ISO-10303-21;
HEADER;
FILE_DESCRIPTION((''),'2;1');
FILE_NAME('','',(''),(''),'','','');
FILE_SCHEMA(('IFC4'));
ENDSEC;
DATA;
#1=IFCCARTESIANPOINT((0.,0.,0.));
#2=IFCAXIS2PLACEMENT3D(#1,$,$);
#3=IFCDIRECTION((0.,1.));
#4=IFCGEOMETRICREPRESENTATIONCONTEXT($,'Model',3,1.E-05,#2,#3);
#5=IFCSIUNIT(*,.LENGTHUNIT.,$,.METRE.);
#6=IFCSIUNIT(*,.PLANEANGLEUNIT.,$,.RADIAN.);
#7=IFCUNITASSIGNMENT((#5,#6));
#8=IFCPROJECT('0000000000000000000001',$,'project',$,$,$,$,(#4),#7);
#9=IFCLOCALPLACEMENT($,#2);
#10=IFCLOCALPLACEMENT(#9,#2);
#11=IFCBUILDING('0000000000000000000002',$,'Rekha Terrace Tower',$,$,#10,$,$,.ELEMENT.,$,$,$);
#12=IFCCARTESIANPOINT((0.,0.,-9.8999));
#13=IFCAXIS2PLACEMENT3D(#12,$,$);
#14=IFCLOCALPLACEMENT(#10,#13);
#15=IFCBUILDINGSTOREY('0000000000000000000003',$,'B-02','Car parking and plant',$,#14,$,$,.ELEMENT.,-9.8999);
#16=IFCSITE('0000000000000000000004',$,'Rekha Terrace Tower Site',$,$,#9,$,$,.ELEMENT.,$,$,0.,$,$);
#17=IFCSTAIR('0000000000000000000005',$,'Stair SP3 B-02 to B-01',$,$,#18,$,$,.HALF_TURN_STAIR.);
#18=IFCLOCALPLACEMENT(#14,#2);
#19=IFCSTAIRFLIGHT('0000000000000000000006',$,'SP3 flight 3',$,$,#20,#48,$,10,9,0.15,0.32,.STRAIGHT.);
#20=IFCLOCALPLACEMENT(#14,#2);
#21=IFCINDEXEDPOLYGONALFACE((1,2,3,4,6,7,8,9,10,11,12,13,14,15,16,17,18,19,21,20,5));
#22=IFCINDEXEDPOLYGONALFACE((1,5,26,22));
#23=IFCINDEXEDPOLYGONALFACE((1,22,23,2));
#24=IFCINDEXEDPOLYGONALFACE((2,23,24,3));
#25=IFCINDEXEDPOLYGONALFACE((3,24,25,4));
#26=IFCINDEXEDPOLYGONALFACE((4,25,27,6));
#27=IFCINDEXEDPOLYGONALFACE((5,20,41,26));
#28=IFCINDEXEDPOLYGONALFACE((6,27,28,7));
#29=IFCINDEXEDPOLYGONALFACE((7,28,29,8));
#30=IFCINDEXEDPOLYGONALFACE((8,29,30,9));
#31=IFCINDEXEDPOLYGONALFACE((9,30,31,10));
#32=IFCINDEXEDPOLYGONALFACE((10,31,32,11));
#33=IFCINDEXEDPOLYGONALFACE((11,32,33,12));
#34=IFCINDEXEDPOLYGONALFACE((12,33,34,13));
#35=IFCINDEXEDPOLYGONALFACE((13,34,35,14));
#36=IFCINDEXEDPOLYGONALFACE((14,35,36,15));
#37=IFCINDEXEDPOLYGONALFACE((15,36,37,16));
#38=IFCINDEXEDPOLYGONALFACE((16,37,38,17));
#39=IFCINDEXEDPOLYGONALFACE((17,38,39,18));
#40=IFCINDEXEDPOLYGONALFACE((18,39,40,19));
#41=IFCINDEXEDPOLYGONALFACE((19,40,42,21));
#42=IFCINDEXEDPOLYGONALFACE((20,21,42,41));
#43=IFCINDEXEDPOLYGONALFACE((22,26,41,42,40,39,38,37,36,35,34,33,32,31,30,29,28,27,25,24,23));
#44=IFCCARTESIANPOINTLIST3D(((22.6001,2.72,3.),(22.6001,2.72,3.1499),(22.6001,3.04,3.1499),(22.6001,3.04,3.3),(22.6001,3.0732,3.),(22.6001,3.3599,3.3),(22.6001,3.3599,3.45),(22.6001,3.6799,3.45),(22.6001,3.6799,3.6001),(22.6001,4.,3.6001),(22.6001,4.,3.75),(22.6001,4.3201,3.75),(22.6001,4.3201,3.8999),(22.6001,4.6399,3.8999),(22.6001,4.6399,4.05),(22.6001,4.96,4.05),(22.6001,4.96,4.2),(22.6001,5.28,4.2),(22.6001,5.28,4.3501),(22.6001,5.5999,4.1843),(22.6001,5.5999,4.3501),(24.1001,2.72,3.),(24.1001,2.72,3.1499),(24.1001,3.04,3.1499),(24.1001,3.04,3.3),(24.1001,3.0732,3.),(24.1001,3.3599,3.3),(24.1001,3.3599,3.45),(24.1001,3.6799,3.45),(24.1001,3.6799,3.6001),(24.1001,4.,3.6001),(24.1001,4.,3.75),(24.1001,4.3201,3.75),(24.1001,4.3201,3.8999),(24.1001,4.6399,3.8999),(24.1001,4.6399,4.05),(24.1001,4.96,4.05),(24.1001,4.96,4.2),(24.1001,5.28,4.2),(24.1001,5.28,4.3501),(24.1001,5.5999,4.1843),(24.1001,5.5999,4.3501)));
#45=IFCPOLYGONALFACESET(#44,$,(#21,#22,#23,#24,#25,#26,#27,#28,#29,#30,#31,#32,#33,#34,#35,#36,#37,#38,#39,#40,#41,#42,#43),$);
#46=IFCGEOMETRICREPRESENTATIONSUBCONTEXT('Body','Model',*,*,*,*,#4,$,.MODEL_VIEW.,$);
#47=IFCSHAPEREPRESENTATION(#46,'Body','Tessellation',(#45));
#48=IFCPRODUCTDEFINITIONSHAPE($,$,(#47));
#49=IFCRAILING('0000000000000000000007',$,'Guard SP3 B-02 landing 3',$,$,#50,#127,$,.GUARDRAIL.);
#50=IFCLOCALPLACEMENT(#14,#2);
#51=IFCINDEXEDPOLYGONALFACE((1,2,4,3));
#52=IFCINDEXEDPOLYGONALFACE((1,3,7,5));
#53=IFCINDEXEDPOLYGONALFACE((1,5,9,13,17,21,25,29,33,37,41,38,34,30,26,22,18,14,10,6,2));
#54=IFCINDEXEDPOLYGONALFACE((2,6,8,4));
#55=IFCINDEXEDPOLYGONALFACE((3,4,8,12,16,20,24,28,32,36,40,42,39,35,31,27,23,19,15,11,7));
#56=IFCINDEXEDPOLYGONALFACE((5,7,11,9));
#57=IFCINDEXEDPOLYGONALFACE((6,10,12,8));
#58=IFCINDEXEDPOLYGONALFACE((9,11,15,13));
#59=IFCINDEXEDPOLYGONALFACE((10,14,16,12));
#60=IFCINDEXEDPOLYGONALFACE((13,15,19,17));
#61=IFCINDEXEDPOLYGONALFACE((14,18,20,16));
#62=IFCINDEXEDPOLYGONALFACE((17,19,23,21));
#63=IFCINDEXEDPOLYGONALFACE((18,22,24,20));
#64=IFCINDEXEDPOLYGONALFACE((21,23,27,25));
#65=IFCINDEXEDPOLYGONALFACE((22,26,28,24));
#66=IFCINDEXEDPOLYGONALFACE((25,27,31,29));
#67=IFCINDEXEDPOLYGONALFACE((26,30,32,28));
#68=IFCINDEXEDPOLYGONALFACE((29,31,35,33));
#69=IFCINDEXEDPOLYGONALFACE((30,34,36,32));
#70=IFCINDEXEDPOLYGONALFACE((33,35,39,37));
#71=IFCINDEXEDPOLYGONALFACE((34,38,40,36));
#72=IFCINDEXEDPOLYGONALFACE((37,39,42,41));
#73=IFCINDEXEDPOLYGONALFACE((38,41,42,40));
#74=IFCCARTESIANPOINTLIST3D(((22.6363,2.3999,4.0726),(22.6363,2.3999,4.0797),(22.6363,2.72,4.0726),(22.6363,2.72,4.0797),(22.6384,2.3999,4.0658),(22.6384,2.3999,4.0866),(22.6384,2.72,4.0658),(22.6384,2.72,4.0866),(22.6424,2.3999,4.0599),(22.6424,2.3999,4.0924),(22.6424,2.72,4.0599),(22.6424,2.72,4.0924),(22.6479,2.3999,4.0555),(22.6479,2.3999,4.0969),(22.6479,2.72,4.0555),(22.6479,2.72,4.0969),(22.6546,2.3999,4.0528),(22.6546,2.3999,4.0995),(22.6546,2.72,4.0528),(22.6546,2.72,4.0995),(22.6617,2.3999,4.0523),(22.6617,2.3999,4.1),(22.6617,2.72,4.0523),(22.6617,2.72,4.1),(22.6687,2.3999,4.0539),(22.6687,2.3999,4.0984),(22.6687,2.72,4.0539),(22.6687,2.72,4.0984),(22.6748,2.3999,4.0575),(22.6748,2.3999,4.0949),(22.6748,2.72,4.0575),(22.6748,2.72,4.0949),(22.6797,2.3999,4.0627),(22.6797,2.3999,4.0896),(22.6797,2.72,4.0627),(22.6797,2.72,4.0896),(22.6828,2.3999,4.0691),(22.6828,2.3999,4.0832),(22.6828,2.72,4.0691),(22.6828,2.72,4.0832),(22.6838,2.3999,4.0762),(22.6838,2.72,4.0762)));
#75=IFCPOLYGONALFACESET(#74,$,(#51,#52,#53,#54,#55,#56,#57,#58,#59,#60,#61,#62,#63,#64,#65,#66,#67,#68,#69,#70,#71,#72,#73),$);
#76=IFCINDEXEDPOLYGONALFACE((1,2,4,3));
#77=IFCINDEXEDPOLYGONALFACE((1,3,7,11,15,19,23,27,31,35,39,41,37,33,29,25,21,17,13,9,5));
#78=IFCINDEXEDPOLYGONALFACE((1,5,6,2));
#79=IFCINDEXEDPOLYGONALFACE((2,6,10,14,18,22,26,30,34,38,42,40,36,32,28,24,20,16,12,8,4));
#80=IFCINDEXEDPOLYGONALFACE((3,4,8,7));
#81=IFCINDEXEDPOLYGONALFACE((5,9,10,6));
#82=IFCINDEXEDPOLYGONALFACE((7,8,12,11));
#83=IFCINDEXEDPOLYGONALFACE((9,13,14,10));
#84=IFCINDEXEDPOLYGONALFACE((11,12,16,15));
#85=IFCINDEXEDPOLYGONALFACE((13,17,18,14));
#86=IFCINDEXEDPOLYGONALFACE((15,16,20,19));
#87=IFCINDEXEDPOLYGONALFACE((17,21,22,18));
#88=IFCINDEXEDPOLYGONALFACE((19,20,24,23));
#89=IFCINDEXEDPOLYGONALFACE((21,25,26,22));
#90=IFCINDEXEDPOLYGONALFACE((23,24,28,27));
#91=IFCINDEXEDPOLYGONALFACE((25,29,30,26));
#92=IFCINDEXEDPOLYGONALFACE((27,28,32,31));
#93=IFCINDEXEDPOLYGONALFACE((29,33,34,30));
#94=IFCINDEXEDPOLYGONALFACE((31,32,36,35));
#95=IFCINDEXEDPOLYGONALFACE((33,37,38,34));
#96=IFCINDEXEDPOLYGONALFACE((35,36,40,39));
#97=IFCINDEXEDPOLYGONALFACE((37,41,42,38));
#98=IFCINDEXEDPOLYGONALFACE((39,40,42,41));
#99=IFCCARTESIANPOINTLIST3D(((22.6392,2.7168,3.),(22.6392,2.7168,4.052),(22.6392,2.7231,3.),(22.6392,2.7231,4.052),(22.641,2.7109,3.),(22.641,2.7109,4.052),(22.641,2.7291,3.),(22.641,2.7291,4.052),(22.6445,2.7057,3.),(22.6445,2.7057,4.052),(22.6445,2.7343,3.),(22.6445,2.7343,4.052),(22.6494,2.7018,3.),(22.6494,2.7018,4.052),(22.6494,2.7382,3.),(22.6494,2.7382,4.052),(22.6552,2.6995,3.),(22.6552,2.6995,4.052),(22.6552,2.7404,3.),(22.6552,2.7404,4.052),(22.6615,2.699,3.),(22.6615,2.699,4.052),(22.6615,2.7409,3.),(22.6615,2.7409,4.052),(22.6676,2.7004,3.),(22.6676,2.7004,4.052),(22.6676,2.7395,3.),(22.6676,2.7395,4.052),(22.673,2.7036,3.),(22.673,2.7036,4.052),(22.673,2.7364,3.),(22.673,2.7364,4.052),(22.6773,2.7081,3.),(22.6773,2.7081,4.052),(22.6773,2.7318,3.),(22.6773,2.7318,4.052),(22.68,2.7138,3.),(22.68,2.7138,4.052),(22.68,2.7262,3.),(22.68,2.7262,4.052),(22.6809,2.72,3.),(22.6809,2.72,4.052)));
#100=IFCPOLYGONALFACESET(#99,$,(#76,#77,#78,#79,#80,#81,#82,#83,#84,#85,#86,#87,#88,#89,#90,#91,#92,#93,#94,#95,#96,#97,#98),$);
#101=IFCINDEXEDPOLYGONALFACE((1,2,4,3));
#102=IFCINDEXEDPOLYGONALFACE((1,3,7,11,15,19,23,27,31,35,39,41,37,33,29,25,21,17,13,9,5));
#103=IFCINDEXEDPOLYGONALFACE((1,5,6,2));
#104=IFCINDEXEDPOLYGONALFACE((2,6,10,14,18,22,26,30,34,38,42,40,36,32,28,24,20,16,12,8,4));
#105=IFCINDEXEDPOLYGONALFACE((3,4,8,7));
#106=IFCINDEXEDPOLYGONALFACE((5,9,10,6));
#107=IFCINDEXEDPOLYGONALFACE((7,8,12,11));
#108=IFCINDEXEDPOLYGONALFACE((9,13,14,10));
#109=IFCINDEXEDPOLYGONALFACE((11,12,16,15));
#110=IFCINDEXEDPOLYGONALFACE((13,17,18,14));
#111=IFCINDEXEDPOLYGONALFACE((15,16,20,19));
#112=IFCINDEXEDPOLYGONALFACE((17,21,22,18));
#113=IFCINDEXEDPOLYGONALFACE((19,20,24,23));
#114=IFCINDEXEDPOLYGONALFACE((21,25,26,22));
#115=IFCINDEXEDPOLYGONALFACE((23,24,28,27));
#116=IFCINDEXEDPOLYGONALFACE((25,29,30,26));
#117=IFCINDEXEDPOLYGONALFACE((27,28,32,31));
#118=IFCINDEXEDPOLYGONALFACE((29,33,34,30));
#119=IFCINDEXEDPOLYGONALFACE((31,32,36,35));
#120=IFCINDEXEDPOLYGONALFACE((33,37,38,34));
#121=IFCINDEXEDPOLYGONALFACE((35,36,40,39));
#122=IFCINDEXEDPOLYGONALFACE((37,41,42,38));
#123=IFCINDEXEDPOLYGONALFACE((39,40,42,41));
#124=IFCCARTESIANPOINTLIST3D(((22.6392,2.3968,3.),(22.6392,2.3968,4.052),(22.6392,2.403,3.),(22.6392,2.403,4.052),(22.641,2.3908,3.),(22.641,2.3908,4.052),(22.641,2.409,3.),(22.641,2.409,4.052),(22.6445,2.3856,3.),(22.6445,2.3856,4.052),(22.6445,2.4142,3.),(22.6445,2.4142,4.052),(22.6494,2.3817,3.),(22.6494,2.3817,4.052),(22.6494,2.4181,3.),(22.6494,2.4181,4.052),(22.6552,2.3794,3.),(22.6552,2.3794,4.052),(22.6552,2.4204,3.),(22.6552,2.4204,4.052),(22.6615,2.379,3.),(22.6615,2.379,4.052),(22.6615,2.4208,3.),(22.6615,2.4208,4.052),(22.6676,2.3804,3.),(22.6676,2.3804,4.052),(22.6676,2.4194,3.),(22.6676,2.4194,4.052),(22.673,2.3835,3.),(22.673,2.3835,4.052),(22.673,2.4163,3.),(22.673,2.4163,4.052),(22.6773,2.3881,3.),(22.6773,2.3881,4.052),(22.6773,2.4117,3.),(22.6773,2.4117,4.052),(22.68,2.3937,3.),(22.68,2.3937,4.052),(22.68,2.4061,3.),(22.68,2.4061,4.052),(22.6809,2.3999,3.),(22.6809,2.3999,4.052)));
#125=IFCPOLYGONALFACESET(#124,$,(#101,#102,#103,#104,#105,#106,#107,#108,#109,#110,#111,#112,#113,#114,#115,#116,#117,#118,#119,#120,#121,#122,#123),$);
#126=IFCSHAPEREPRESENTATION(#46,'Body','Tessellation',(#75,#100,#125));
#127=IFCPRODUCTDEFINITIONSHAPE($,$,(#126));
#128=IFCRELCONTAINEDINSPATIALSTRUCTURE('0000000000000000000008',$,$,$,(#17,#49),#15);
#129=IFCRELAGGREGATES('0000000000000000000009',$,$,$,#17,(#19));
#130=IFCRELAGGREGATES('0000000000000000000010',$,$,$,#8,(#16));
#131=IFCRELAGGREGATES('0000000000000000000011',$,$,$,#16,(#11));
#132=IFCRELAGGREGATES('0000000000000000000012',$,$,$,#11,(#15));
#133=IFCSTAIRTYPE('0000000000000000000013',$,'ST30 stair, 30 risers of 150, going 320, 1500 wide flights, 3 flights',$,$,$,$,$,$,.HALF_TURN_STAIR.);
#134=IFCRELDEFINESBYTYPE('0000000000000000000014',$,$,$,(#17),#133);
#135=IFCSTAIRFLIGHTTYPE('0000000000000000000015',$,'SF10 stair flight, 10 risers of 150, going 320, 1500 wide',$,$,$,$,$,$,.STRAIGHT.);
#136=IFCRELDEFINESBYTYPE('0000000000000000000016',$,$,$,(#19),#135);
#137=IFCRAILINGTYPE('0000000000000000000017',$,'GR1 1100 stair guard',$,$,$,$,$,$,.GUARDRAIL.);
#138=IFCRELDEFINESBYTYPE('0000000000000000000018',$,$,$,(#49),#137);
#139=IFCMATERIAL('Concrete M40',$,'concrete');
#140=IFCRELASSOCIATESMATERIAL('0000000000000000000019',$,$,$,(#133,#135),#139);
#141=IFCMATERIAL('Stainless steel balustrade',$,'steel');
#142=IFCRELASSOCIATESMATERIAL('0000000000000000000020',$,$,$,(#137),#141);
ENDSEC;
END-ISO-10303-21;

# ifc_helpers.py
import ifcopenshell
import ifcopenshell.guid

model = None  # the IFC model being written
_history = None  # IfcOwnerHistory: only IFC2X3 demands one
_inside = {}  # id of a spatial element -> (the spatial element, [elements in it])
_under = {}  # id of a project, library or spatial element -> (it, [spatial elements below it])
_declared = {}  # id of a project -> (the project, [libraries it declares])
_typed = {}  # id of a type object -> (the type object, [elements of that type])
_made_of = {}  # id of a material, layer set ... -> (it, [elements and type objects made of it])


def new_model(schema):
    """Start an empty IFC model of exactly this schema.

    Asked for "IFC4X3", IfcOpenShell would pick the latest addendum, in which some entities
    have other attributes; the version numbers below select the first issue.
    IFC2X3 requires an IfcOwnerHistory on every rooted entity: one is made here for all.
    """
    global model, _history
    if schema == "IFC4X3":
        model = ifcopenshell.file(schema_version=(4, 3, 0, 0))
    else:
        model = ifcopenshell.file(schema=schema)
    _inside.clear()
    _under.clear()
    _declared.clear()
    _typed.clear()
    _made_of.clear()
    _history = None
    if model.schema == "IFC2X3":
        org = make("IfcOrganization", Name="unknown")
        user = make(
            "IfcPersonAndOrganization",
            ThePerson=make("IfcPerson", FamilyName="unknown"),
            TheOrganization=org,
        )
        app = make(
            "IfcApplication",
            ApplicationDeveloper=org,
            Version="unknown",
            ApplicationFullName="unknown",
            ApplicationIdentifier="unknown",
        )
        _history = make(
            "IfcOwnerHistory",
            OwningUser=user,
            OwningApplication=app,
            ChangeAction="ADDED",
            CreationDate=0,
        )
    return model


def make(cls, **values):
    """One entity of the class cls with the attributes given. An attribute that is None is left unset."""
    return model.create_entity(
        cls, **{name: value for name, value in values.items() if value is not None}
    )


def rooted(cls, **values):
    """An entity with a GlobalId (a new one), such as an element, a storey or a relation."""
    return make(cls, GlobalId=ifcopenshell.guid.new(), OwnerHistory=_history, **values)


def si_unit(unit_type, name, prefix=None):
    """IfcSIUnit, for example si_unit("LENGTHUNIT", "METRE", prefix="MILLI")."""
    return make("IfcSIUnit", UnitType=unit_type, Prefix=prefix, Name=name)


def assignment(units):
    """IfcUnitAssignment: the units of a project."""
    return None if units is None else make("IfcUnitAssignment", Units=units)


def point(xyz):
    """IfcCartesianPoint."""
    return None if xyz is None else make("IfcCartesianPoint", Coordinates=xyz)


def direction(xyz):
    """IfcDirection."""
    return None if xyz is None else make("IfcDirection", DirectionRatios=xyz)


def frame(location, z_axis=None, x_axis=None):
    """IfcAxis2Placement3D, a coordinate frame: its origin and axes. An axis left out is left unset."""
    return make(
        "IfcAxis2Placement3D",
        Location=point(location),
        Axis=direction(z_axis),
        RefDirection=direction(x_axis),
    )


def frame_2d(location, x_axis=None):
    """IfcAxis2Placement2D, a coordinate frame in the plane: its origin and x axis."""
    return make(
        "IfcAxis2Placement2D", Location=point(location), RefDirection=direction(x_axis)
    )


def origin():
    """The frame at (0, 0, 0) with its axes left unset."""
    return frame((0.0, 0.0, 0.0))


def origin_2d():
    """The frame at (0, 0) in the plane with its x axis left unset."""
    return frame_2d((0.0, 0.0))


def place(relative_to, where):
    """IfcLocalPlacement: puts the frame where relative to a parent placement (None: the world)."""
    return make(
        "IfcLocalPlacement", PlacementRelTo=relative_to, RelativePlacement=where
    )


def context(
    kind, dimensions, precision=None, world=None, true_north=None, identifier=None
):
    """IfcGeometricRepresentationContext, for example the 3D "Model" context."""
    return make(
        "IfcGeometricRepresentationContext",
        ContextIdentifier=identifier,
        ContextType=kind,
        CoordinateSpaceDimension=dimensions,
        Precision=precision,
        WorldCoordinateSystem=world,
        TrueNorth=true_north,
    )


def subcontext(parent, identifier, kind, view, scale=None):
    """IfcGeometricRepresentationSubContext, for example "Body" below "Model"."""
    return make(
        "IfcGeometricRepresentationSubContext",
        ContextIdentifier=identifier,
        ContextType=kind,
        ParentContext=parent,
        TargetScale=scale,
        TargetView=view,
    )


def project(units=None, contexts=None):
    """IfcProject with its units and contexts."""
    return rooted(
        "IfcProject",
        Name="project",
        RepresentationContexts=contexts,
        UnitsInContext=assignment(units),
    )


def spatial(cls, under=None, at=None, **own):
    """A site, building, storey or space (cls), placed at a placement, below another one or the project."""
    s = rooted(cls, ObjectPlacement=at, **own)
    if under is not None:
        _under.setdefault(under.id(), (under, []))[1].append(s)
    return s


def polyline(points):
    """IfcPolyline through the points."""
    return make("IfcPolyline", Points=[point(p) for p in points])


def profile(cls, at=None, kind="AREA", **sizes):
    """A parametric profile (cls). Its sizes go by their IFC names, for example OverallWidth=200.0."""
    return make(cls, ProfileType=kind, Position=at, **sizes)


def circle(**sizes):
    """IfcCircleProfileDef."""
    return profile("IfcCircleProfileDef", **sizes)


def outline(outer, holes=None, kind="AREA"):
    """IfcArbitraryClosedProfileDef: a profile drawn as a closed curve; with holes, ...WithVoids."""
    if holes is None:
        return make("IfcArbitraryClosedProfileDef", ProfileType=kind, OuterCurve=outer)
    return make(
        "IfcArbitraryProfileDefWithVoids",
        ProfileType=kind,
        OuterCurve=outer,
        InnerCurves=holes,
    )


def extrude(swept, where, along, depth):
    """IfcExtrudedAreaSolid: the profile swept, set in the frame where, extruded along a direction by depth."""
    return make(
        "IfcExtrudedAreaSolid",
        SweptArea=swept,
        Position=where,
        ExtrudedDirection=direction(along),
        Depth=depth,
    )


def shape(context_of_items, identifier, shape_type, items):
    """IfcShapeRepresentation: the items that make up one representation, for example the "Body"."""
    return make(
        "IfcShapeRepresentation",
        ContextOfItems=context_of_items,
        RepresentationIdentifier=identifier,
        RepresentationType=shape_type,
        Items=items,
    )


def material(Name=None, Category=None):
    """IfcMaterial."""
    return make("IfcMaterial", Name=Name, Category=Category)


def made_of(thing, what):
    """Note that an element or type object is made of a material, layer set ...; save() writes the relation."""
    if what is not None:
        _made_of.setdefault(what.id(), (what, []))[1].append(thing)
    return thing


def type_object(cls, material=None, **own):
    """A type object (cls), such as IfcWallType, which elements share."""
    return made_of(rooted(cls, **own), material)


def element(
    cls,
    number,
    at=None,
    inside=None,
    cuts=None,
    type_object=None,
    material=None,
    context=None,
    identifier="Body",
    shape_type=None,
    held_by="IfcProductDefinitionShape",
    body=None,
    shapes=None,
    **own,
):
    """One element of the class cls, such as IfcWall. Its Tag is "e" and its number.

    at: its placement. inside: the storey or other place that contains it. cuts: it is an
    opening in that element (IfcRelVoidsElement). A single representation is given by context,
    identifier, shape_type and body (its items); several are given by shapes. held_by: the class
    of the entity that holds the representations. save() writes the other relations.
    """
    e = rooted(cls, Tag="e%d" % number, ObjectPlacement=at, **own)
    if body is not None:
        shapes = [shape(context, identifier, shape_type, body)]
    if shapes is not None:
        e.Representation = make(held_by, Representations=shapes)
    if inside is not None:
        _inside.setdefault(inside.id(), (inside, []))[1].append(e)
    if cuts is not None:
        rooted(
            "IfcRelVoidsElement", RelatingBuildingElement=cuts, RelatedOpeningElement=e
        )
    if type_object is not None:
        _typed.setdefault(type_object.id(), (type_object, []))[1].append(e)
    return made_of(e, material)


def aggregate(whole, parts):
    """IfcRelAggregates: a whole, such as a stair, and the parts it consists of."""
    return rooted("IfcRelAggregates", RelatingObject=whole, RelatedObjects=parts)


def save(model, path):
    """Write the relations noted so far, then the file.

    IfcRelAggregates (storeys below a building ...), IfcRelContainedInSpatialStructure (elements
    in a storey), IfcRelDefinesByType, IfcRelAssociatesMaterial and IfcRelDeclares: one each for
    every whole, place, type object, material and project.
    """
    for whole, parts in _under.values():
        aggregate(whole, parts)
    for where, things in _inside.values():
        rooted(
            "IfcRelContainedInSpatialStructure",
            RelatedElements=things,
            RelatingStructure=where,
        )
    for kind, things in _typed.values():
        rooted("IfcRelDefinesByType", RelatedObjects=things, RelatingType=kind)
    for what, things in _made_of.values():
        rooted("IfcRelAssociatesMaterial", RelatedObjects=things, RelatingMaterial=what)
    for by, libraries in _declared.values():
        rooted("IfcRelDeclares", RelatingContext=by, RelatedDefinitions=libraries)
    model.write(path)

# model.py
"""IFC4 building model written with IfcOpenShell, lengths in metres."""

from ifc_helpers import new_model, si_unit, direction, frame, origin, origin_2d, place, context, subcontext, project, spatial, polyline, circle, outline, extrude, material, type_object, element, aggregate, save


model = new_model("IFC4")

# Units and contexts
model_context = context("Model", 3, precision=1e-05, world=origin(), true_north=direction((0.0, 1.0)))
body_context = subcontext(model_context, "Body", "Model", "MODEL_VIEW")
ifc_project = project(units=[si_unit("LENGTHUNIT", "METRE"), si_unit("PLANEANGLEUNIT", "RADIAN")], contexts=[model_context])

# Site, building, storey
site_placement = place(None, origin())
site = spatial("IfcSite", under=ifc_project, at=site_placement, Name="Rekha Terrace Tower Site", CompositionType="ELEMENT", RefElevation=0.0)
building_placement = place(site_placement, origin())
building = spatial("IfcBuilding", under=site, at=building_placement, Name="Rekha Terrace Tower", CompositionType="ELEMENT")
storey_placement = place(building_placement, frame((0.0, 0.0, -9.8999)))
storey = spatial("IfcBuildingStorey", under=building, at=storey_placement, Name="B-02", Description="Car parking and plant", CompositionType="ELEMENT", Elevation=-9.8999)

# Shared definitions
ifc_material_1 = material(Name="Concrete M40", Category="concrete")

# Stair, stair flight
stair_type = type_object("IfcStairType", Name="ST30 stair, 30 risers of 150, going 320, 1500 wide flights, 3 flights", PredefinedType="HALF_TURN_STAIR", material=ifc_material_1)
stair_placement = place(storey_placement, origin())
stair = element("IfcStair", 1, at=stair_placement, inside=storey, type_object=stair_type, Name="Stair SP3 B-02 to B-01", PredefinedType="HALF_TURN_STAIR")
stair_flight_type = type_object("IfcStairFlightType", Name="SF10 stair flight, 10 risers of 150, going 320, 1500 wide", PredefinedType="STRAIGHT", material=ifc_material_1)
stair_flight_placement = place(storey_placement, frame((23.3501, 2.72, 3.0), z_axis=(0.0, 0.0, 1.0), x_axis=(0.0, 1.0, 0.0)))
stair_flight = element("IfcStairFlight", 2, at=stair_flight_placement, type_object=stair_flight_type, Name="SP3 flight 3", NumberOfRisers=10, NumberOfTreads=9, PredefinedType="STRAIGHT", RiserHeight=0.15, TreadLength=0.32, context=body_context, shape_type="SweptSolid", body=[
    extrude(outline(polyline([(0.0, 0.0), (0.0, 0.1499), (0.3201, 0.1499), (0.3201, 0.3), (0.6399, 0.3), (0.6399, 0.45), (0.96, 0.45), (0.96, 0.6001), (1.28, 0.6001), (1.28, 0.75), (1.6001, 0.75), (1.6001, 0.8999), (1.9199, 0.8999), (1.9199, 1.05), (2.24, 1.05), (2.24, 1.2), (2.5601, 1.2), (2.5601, 1.3501), (2.8799, 1.3501), (2.8799, 1.5), (2.8799, 1.1843), (0.3533, 0.0), (0.0, 0.0)])), frame((0.0, 0.75, 0.0), z_axis=(0.0, -1.0, 0.0), x_axis=(1.0, 0.0, 0.0)), (0.0, 0.0, 1.0), 1.5),
])
aggregate(stair, [stair_flight])

# Railing
ifc_material_2 = material(Name="Stainless steel balustrade", Category="steel")
railing_type_1 = type_object("IfcRailingType", Name="GR1 1100 stair guard", PredefinedType="GUARDRAIL", material=ifc_material_2)
railing_1_placement = place(storey_placement, frame((22.6599, 2.72, 3.0)))
element("IfcRailing", 3, at=railing_1_placement, inside=storey, type_object=railing_type_1, Name="Guard SP3 B-02 landing 3", PredefinedType="GUARDRAIL", context=body_context, shape_type="SweptSolid", body=[
    extrude(circle(Radius=0.0239, at=origin_2d()), frame((0.0, 0.0, 1.0762), z_axis=(0.0, -1.0, 0.0), x_axis=(1.0, 0.0, 0.0)), (0.0, 0.0, 1.0), 0.3201),
    extrude(circle(Radius=0.021, at=origin_2d()), origin(), (0.0, 0.0, 1.0), 1.052),
    extrude(circle(Radius=0.021, at=origin_2d()), frame((0.0, -0.3201, 0.0)), (0.0, 0.0, 1.0), 1.052),
])

save(model, "model.ifc")
